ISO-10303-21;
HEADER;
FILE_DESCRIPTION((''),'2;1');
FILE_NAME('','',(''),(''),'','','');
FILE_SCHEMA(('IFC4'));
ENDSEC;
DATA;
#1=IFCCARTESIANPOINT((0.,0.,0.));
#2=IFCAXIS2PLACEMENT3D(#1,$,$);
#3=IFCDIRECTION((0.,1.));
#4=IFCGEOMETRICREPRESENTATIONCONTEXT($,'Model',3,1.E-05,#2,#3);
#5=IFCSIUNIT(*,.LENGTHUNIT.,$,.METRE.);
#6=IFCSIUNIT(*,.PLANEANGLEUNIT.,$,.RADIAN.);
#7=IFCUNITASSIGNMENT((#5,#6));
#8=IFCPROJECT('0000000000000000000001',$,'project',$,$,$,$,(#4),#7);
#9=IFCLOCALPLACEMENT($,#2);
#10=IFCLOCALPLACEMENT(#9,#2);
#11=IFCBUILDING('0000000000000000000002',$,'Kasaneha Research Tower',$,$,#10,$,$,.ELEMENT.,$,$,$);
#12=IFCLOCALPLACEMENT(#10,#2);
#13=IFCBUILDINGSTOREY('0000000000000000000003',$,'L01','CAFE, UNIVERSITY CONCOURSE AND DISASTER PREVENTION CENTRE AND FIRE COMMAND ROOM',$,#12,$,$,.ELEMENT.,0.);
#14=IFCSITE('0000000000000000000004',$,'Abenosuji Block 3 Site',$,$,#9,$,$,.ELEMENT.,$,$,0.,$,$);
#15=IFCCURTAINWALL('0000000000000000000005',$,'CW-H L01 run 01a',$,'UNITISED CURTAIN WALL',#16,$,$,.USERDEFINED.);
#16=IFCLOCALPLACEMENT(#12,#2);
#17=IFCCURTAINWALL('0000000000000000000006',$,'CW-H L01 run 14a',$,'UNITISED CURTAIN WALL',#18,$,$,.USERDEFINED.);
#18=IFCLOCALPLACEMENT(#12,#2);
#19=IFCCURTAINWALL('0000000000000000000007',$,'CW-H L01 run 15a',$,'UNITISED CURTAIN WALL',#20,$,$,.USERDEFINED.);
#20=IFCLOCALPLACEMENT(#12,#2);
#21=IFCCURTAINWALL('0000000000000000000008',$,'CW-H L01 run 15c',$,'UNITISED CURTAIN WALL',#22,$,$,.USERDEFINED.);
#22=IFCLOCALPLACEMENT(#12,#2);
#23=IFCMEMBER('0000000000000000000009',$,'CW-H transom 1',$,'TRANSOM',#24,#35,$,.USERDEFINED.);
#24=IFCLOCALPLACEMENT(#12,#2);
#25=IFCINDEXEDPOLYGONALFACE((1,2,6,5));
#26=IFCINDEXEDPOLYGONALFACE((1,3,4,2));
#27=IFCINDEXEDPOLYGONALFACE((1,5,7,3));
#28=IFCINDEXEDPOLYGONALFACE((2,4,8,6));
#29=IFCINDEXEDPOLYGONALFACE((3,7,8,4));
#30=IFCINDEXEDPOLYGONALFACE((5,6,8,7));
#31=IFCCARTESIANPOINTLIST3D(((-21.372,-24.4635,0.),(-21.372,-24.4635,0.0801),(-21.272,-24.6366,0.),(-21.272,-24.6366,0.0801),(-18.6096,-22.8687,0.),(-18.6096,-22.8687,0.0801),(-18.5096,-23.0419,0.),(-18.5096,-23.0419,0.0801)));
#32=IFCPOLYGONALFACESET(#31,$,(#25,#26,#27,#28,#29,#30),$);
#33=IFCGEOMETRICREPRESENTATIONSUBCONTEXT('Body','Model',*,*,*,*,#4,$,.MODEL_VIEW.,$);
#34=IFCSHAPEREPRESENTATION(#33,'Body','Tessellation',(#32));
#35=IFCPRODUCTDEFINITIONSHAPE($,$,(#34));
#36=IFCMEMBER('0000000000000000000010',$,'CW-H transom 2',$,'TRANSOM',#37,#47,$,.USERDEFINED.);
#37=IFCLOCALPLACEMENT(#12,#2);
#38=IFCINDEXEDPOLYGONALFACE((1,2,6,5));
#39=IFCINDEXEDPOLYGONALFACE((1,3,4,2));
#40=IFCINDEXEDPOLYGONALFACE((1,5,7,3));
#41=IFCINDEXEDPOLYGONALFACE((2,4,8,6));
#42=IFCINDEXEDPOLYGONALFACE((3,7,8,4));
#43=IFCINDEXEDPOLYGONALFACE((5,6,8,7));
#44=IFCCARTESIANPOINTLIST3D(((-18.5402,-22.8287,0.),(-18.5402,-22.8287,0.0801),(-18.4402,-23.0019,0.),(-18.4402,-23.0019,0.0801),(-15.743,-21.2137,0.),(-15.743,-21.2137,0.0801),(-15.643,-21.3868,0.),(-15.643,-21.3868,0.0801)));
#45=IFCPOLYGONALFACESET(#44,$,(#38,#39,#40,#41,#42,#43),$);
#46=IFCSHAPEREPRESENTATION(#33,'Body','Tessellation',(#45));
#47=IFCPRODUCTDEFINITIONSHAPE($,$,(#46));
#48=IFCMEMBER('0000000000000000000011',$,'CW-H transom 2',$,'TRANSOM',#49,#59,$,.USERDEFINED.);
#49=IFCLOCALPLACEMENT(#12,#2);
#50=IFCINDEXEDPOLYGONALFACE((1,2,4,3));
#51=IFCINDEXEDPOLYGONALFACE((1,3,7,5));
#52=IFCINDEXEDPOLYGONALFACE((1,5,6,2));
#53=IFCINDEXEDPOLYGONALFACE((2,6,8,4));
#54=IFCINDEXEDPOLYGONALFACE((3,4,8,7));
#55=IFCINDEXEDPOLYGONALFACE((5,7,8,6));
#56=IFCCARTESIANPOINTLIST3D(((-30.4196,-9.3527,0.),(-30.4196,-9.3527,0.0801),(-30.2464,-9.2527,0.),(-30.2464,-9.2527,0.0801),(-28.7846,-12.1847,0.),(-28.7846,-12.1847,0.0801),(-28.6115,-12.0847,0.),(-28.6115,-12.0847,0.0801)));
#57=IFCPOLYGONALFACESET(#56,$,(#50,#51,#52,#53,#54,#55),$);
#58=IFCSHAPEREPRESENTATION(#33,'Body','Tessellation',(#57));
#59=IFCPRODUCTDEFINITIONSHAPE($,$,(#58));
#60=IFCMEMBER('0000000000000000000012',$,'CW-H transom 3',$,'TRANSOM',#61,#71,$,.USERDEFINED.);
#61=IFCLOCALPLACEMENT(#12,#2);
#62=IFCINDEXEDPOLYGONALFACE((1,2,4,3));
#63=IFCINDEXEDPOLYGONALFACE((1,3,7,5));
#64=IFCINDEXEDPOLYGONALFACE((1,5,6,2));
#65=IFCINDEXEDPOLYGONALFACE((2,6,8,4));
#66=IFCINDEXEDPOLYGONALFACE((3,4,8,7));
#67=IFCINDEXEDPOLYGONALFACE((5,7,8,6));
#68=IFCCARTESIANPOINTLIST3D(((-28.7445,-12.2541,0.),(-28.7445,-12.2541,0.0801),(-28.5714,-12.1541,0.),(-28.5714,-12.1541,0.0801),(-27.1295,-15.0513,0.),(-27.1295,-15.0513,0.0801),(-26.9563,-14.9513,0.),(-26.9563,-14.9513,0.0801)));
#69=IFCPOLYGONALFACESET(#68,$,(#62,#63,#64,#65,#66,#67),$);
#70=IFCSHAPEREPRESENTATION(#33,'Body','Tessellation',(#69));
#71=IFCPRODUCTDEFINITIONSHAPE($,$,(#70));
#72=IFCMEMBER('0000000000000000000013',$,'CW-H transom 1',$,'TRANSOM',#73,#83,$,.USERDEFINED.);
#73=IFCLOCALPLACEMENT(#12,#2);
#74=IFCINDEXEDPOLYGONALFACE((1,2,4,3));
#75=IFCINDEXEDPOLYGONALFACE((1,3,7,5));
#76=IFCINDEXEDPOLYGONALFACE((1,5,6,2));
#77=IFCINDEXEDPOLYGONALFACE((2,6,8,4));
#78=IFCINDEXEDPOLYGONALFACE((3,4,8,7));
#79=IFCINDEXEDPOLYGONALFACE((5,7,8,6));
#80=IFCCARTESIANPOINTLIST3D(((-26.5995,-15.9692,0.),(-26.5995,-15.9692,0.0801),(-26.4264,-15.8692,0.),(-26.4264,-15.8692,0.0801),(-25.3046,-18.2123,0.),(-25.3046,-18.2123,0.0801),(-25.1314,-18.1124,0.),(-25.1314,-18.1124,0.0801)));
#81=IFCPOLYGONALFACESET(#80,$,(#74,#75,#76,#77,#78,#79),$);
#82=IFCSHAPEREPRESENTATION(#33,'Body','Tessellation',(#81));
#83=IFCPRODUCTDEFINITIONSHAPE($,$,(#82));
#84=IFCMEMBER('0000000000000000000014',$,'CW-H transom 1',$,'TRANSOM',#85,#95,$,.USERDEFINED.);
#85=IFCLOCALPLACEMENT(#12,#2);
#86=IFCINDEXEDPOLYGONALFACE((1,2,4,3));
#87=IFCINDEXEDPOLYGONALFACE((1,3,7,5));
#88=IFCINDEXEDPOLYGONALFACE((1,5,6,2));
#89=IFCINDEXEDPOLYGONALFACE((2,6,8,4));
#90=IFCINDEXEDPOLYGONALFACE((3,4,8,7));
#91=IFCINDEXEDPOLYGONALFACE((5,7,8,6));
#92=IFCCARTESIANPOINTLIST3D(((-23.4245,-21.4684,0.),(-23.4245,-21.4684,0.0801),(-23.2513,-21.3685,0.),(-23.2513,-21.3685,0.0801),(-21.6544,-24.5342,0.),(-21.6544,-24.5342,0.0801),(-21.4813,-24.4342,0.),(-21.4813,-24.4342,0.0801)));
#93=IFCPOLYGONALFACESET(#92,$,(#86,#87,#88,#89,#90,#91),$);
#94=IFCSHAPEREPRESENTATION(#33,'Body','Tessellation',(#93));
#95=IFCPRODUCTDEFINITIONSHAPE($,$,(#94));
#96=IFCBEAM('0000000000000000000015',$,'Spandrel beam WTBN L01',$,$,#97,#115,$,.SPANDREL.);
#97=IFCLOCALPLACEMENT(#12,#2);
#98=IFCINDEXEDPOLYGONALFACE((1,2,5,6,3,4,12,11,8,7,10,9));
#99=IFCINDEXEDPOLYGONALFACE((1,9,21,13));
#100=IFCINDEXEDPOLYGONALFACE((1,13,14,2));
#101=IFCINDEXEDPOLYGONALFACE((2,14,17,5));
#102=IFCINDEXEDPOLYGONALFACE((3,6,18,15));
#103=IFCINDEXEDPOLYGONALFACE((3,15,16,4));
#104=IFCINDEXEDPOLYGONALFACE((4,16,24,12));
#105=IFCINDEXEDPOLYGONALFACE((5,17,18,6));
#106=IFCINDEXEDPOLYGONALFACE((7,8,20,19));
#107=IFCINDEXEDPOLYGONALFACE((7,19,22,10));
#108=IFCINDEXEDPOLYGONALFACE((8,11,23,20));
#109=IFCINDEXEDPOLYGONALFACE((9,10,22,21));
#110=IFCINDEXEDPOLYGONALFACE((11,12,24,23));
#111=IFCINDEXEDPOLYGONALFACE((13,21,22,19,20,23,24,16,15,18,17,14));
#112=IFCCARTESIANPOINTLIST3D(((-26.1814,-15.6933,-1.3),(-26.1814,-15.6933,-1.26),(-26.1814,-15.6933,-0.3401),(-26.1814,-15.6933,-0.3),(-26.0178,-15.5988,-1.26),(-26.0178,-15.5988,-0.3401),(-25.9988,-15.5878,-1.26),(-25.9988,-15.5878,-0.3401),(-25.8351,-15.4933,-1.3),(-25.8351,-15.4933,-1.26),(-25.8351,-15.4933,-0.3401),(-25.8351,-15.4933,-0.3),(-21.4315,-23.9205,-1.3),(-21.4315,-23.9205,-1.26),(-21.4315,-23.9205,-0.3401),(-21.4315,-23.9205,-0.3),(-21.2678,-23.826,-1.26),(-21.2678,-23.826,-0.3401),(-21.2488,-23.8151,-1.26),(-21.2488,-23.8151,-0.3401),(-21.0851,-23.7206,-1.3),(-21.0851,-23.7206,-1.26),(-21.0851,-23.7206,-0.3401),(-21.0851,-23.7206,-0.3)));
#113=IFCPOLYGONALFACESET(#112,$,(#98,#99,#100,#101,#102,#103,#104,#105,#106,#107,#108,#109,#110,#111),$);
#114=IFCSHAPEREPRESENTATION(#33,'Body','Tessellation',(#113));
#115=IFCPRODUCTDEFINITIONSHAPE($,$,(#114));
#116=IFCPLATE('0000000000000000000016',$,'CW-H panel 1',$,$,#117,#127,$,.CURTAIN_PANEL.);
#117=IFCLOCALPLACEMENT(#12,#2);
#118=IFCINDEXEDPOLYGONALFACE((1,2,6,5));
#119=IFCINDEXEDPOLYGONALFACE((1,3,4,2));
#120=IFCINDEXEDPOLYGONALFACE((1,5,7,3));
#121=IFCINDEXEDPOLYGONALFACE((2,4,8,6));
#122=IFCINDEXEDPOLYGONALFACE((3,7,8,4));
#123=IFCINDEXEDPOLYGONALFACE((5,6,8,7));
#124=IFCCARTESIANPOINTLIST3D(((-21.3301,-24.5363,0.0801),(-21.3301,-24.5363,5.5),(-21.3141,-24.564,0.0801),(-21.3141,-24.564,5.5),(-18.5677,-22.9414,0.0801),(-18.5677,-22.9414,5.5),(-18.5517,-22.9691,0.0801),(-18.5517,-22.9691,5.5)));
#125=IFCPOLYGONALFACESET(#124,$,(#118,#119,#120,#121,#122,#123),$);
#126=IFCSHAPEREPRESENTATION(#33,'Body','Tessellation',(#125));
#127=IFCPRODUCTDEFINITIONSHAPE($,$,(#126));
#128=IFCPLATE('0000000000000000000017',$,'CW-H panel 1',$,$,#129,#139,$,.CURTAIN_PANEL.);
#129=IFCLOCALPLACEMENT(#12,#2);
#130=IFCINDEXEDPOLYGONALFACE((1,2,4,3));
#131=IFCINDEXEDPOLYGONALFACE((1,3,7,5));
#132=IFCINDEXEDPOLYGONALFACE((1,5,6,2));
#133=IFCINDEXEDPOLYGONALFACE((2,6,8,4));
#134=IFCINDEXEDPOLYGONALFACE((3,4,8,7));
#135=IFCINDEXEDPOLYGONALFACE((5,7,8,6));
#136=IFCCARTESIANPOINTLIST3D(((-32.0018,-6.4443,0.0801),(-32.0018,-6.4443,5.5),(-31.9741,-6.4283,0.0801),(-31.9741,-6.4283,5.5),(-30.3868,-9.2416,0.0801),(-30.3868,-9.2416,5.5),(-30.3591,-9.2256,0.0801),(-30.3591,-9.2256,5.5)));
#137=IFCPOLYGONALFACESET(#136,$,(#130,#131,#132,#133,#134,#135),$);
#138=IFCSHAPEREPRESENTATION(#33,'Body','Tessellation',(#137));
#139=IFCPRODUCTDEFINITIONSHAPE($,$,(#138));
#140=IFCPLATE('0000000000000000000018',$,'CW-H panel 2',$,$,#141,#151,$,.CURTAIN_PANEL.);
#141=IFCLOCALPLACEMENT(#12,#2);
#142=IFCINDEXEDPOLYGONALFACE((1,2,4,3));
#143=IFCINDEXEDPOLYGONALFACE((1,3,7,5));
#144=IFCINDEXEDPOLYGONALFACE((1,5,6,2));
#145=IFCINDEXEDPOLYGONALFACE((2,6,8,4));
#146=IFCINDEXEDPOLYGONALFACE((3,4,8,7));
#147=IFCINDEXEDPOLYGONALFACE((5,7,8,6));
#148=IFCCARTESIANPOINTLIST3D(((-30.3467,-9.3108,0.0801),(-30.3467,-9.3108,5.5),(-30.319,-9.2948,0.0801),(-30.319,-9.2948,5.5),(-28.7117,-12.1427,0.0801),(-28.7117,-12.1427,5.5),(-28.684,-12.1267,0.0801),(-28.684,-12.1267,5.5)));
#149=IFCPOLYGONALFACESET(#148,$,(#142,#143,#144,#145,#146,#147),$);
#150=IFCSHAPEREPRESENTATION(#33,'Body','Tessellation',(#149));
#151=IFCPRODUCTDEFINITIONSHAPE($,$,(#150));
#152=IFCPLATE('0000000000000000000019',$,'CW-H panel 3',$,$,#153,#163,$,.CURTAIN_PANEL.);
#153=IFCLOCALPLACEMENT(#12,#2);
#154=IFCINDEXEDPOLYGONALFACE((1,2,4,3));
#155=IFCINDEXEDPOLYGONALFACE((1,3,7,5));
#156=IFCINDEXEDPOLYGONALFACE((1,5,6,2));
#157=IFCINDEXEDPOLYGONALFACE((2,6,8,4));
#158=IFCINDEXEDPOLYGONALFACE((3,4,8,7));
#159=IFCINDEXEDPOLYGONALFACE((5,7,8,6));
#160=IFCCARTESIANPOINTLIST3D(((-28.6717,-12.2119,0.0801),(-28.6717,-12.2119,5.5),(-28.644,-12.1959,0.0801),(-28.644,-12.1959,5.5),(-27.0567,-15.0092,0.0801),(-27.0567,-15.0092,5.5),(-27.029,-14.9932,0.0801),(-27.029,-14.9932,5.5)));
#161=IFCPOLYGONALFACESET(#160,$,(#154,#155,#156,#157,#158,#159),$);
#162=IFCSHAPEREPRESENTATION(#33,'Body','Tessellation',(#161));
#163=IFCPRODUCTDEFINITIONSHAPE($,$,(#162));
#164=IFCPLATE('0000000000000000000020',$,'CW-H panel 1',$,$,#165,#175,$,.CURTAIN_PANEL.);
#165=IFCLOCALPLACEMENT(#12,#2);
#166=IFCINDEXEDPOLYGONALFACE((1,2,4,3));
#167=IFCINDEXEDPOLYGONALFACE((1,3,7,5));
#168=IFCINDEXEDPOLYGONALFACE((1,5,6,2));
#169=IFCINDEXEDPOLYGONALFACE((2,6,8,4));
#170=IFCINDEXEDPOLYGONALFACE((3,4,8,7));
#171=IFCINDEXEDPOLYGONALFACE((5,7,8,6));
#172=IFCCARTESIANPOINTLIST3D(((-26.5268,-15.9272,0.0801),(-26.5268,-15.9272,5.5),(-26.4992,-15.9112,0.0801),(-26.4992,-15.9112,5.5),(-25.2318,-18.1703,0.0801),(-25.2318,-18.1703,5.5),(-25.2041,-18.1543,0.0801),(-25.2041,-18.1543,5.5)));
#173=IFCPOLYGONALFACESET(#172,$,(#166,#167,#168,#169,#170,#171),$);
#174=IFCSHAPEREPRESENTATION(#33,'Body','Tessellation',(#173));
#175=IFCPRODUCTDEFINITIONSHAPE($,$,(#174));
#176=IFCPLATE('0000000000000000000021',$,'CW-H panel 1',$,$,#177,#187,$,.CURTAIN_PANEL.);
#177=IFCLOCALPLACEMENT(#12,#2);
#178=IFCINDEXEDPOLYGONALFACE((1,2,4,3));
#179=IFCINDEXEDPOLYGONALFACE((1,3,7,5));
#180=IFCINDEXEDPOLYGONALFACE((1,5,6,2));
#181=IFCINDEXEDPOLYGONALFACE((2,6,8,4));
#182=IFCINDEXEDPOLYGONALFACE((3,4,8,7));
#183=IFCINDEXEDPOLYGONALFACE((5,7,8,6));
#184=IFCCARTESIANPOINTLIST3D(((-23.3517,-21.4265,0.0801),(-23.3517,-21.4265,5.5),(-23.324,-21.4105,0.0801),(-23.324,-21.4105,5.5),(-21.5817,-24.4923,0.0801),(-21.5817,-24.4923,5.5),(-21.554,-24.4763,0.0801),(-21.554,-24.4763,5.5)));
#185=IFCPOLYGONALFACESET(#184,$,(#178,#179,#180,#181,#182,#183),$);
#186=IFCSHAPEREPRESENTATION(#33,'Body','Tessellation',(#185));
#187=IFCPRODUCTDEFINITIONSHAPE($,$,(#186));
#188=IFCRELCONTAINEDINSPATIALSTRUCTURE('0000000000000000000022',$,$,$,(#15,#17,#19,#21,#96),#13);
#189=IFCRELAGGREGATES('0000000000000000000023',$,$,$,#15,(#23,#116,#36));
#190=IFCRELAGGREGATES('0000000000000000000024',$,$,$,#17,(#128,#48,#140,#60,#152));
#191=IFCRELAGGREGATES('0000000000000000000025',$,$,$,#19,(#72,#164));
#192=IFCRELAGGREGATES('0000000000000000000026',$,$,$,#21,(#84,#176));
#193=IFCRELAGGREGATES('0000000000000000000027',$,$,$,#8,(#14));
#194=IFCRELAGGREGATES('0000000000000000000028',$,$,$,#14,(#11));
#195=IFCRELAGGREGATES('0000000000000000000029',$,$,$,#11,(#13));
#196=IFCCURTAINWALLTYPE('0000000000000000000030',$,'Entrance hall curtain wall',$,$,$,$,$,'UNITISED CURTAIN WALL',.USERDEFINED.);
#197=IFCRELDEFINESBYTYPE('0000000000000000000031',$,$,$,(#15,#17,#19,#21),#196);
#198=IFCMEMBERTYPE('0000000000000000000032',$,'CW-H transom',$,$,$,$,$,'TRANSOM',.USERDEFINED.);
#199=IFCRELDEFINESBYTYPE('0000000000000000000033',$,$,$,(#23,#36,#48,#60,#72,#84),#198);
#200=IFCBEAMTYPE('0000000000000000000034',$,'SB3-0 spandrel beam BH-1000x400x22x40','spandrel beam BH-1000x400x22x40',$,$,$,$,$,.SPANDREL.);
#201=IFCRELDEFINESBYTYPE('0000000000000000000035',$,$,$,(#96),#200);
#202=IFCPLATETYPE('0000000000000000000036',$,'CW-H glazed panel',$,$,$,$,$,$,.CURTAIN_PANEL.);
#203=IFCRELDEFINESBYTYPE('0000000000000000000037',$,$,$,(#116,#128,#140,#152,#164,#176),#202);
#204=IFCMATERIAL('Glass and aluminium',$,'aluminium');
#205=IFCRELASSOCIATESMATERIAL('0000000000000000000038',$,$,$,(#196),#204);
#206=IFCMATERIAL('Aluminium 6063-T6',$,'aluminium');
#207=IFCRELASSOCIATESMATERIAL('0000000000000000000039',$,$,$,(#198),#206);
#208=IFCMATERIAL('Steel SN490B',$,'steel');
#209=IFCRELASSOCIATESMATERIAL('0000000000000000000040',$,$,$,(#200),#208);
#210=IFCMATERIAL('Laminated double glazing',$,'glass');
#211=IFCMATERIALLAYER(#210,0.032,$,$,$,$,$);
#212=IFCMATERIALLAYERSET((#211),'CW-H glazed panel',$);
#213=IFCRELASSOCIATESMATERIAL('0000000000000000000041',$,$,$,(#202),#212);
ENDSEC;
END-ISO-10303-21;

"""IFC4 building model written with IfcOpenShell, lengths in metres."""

from ifc_helpers import new_model, si_unit, direction, frame, origin, origin_2d, place, context, subcontext, project, spatial, rectangle, i_section, extrude, material, layer, layer_set, material_profile, profile_set, type_object, element, aggregate, save


model = new_model("IFC4")

# Units and contexts
model_context = context("Model", 3, precision=1e-05, world=origin(), true_north=direction((0.0, 1.0)))
body_context = subcontext(model_context, "Body", "Model", "MODEL_VIEW")
ifc_project = project(units=[si_unit("LENGTHUNIT", "METRE"), si_unit("PLANEANGLEUNIT", "RADIAN")], contexts=[model_context])

# Site, building, storey
site_placement = place(None, origin())
site = spatial("IfcSite", under=ifc_project, at=site_placement, Name="Abenosuji Block 3 Site", CompositionType="ELEMENT", RefElevation=0.0)
building_placement = place(site_placement, origin())
building = spatial("IfcBuilding", under=site, at=building_placement, Name="Kasaneha Research Tower", CompositionType="ELEMENT")
storey_placement = place(building_placement, origin())
storey = spatial("IfcBuildingStorey", under=building, at=storey_placement, Name="L01", Description="CAFE, UNIVERSITY CONCOURSE AND DISASTER PREVENTION CENTRE AND FIRE COMMAND ROOM", CompositionType="ELEMENT", Elevation=0.0)

# Curtain walls
ifc_material_1 = material(Name="Glass and aluminium", Category="aluminium")
curtain_wall_type = type_object("IfcCurtainWallType", Name="Entrance hall curtain wall", ElementType="UNITISED CURTAIN WALL", PredefinedType="USERDEFINED", material=ifc_material_1)
curtain_wall_1_placement = place(storey_placement, origin())
curtain_wall_1 = element("IfcCurtainWall", 1, at=curtain_wall_1_placement, inside=storey, type_object=curtain_wall_type, Name="CW-H L01 run 01a", ObjectType="UNITISED CURTAIN WALL", PredefinedType="USERDEFINED")
curtain_wall_2_placement = place(storey_placement, origin())
curtain_wall_2 = element("IfcCurtainWall", 2, at=curtain_wall_2_placement, inside=storey, type_object=curtain_wall_type, Name="CW-H L01 run 14a", ObjectType="UNITISED CURTAIN WALL", PredefinedType="USERDEFINED")
curtain_wall_3_placement = place(storey_placement, origin())
curtain_wall_3 = element("IfcCurtainWall", 3, at=curtain_wall_3_placement, inside=storey, type_object=curtain_wall_type, Name="CW-H L01 run 15a", ObjectType="UNITISED CURTAIN WALL", PredefinedType="USERDEFINED")
curtain_wall_4_placement = place(storey_placement, origin())
curtain_wall_4 = element("IfcCurtainWall", 4, at=curtain_wall_4_placement, inside=storey, type_object=curtain_wall_type, Name="CW-H L01 run 15c", ObjectType="UNITISED CURTAIN WALL", PredefinedType="USERDEFINED")

# Members
ifc_material_2 = material(Name="Aluminium 6063-T6", Category="aluminium")
ifc_material_profile_1 = material_profile(ifc_material_2, rectangle(XDim=0.2, YDim=0.0801, at=origin_2d()), Name="CW-H transom 200x80")
ifc_profile_set_1 = profile_set([ifc_material_profile_1], Name="Aluminium 6063-T6")
member_type_1 = type_object("IfcMemberType", Name="CW-H transom", ElementType="TRANSOM", PredefinedType="USERDEFINED", material=ifc_profile_set_1)
member_1_placement = place(storey_placement, frame((-21.322, -24.55, 0.04), z_axis=(0.866049, 0.499959, 0.0), x_axis=(-0.499959, 0.866049, 0.0)))
member_1 = element("IfcMember", 5, at=member_1_placement, type_object=member_type_1, Name="CW-H transom 1", ObjectType="TRANSOM", PredefinedType="USERDEFINED", context=body_context, shape_type="SweptSolid", body=[
    extrude(rectangle(XDim=0.2, YDim=0.0801, at=origin_2d()), origin(), (0.0, 0.0, 1.0), 3.1897),
])
member_2_placement = place(storey_placement, frame((-18.4902, -22.9153, 0.04), z_axis=(0.866016, 0.500017, 0.0), x_axis=(-0.500017, 0.866016, 0.0)))
member_2 = element("IfcMember", 6, at=member_2_placement, type_object=member_type_1, Name="CW-H transom 2", ObjectType="TRANSOM", PredefinedType="USERDEFINED", context=body_context, shape_type="SweptSolid", body=[
    extrude(rectangle(XDim=0.2, YDim=0.0801, at=origin_2d()), origin(), (0.0, 0.0, 1.0), 3.23),
])
member_3_placement = place(storey_placement, frame((-30.333, -9.3027, 0.04), z_axis=(0.499985, -0.866034, 0.0), x_axis=(0.866034, 0.499985, 0.0)))
member_3 = element("IfcMember", 7, at=member_3_placement, type_object=member_type_1, Name="CW-H transom 2", ObjectType="TRANSOM", PredefinedType="USERDEFINED", context=body_context, shape_type="SweptSolid", body=[
    extrude(rectangle(XDim=0.2, YDim=0.0801, at=origin_2d()), origin(), (0.0, 0.0, 1.0), 3.27),
])
member_4_placement = place(storey_placement, frame((-28.658, -12.2041, 0.04), z_axis=(0.500017, -0.866016, 0.0), x_axis=(0.866016, 0.500017, 0.0)))
member_4 = element("IfcMember", 8, at=member_4_placement, type_object=member_type_1, Name="CW-H transom 3", ObjectType="TRANSOM", PredefinedType="USERDEFINED", context=body_context, shape_type="SweptSolid", body=[
    extrude(rectangle(XDim=0.2, YDim=0.0801, at=origin_2d()), origin(), (0.0, 0.0, 1.0), 3.23),
])
member_5_placement = place(storey_placement, frame((-26.5129, -15.9192, 0.04), z_axis=(0.499951, -0.866054, 0.0), x_axis=(0.866054, 0.499951, 0.0)))
member_5 = element("IfcMember", 9, at=member_5_placement, type_object=member_type_1, Name="CW-H transom 1", ObjectType="TRANSOM", PredefinedType="USERDEFINED", context=body_context, shape_type="SweptSolid", body=[
    extrude(rectangle(XDim=0.2, YDim=0.0801, at=origin_2d()), origin(), (0.0, 0.0, 1.0), 2.5901),
])
member_6_placement = place(storey_placement, frame((-23.3379, -21.4185, 0.04), z_axis=(0.500011, -0.866019, 0.0), x_axis=(0.866019, 0.500011, 0.0)))
member_6 = element("IfcMember", 10, at=member_6_placement, type_object=member_type_1, Name="CW-H transom 1", ObjectType="TRANSOM", PredefinedType="USERDEFINED", context=body_context, shape_type="SweptSolid", body=[
    extrude(rectangle(XDim=0.2, YDim=0.0801, at=origin_2d()), origin(), (0.0, 0.0, 1.0), 3.54),
])

# Beam
ifc_material_3 = material(Name="Steel SN490B", Category="steel")
ifc_material_profile_2 = material_profile(ifc_material_3, i_section(OverallWidth=0.3999, OverallDepth=1.0, WebThickness=0.022, FlangeThickness=0.04, at=origin_2d()), Name="BH-1000x400x22x40")
ifc_profile_set_2 = profile_set([ifc_material_profile_2], Name="Steel SN490B")
beam_type_1 = type_object("IfcBeamType", Name="SB3-0 spandrel beam BH-1000x400x22x40", Description="spandrel beam BH-1000x400x22x40", PredefinedType="SPANDREL", material=ifc_profile_set_2)
beam_1_placement = place(storey_placement, frame((-21.2583, -23.8206, -0.8), z_axis=(-0.499998, 0.866027, 0.0), x_axis=(-0.866027, -0.499998, 0.0)))
element("IfcBeam", 11, at=beam_1_placement, inside=storey, type_object=beam_type_1, Name="Spandrel beam WTBN L01", PredefinedType="SPANDREL", context=body_context, shape_type="SweptSolid", body=[
    extrude(i_section(OverallWidth=0.3999, OverallDepth=1.0, WebThickness=0.022, FlangeThickness=0.04, at=origin_2d()), origin(), (0.0, 0.0, 1.0), 9.5),
])

# Plates
ifc_material_4 = material(Name="Laminated double glazing", Category="glass")
ifc_layer_1 = layer(ifc_material_4, 0.032)
ifc_layer_set_1 = layer_set([ifc_layer_1], Name="CW-H glazed panel")
plate_type = type_object("IfcPlateType", Name="CW-H glazed panel", PredefinedType="CURTAIN_PANEL", material=ifc_layer_set_1)
plate_1_placement = place(storey_placement, frame((-19.9409, -23.7527, 0.0801), z_axis=(0.0, 0.0, 1.0), x_axis=(0.866025, 0.5, 0.0)))
plate_1 = element("IfcPlate", 12, at=plate_1_placement, type_object=plate_type, Name="CW-H panel 1", PredefinedType="CURTAIN_PANEL", context=body_context, shape_type="SweptSolid", body=[
    extrude(rectangle(XDim=3.1897, YDim=0.032, at=origin_2d()), origin(), (0.0, 0.0, 1.0), 5.4199),
])
aggregate(curtain_wall_1, [member_1, plate_1, member_2])
plate_2_placement = place(storey_placement, frame((-31.1804, -7.835, 0.0801), z_axis=(0.0, 0.0, 1.0), x_axis=(0.5, -0.866025, 0.0)))
plate_2 = element("IfcPlate", 13, at=plate_2_placement, type_object=plate_type, Name="CW-H panel 1", PredefinedType="CURTAIN_PANEL", context=body_context, shape_type="SweptSolid", body=[
    extrude(rectangle(XDim=3.23, YDim=0.032, at=origin_2d()), origin(), (0.0, 0.0, 1.0), 5.4199),
])
plate_3_placement = place(storey_placement, frame((-29.5154, -10.7188, 0.0801), z_axis=(0.0, 0.0, 1.0), x_axis=(0.5, -0.866025, 0.0)))
plate_3 = element("IfcPlate", 14, at=plate_3_placement, type_object=plate_type, Name="CW-H panel 2", PredefinedType="CURTAIN_PANEL", context=body_context, shape_type="SweptSolid", body=[
    extrude(rectangle(XDim=3.27, YDim=0.032, at=origin_2d()), origin(), (0.0, 0.0, 1.0), 5.4199),
])
plate_4_placement = place(storey_placement, frame((-27.8503, -13.6025, 0.0801), z_axis=(0.0, 0.0, 1.0), x_axis=(0.5, -0.866025, 0.0)))
plate_4 = element("IfcPlate", 15, at=plate_4_placement, type_object=plate_type, Name="CW-H panel 3", PredefinedType="CURTAIN_PANEL", context=body_context, shape_type="SweptSolid", body=[
    extrude(rectangle(XDim=3.23, YDim=0.032, at=origin_2d()), origin(), (0.0, 0.0, 1.0), 5.4199),
])
aggregate(curtain_wall_2, [plate_2, member_3, plate_3, member_4, plate_4])
plate_5_placement = place(storey_placement, frame((-25.8655, -17.0408, 0.0801), z_axis=(0.0, 0.0, 1.0), x_axis=(0.5, -0.866025, 0.0)))
plate_5 = element("IfcPlate", 16, at=plate_5_placement, type_object=plate_type, Name="CW-H panel 1", PredefinedType="CURTAIN_PANEL", context=body_context, shape_type="SweptSolid", body=[
    extrude(rectangle(XDim=2.5901, YDim=0.032, at=origin_2d()), origin(), (0.0, 0.0, 1.0), 5.4199),
])
aggregate(curtain_wall_3, [member_5, plate_5])
plate_6_placement = place(storey_placement, frame((-22.4529, -22.9514, 0.0801), z_axis=(0.0, 0.0, 1.0), x_axis=(0.5, -0.866025, 0.0)))
plate_6 = element("IfcPlate", 17, at=plate_6_placement, type_object=plate_type, Name="CW-H panel 1", PredefinedType="CURTAIN_PANEL", context=body_context, shape_type="SweptSolid", body=[
    extrude(rectangle(XDim=3.54, YDim=0.032, at=origin_2d()), origin(), (0.0, 0.0, 1.0), 5.4199),
])
aggregate(curtain_wall_4, [member_6, plate_6])

save(model, "model.ifc")
